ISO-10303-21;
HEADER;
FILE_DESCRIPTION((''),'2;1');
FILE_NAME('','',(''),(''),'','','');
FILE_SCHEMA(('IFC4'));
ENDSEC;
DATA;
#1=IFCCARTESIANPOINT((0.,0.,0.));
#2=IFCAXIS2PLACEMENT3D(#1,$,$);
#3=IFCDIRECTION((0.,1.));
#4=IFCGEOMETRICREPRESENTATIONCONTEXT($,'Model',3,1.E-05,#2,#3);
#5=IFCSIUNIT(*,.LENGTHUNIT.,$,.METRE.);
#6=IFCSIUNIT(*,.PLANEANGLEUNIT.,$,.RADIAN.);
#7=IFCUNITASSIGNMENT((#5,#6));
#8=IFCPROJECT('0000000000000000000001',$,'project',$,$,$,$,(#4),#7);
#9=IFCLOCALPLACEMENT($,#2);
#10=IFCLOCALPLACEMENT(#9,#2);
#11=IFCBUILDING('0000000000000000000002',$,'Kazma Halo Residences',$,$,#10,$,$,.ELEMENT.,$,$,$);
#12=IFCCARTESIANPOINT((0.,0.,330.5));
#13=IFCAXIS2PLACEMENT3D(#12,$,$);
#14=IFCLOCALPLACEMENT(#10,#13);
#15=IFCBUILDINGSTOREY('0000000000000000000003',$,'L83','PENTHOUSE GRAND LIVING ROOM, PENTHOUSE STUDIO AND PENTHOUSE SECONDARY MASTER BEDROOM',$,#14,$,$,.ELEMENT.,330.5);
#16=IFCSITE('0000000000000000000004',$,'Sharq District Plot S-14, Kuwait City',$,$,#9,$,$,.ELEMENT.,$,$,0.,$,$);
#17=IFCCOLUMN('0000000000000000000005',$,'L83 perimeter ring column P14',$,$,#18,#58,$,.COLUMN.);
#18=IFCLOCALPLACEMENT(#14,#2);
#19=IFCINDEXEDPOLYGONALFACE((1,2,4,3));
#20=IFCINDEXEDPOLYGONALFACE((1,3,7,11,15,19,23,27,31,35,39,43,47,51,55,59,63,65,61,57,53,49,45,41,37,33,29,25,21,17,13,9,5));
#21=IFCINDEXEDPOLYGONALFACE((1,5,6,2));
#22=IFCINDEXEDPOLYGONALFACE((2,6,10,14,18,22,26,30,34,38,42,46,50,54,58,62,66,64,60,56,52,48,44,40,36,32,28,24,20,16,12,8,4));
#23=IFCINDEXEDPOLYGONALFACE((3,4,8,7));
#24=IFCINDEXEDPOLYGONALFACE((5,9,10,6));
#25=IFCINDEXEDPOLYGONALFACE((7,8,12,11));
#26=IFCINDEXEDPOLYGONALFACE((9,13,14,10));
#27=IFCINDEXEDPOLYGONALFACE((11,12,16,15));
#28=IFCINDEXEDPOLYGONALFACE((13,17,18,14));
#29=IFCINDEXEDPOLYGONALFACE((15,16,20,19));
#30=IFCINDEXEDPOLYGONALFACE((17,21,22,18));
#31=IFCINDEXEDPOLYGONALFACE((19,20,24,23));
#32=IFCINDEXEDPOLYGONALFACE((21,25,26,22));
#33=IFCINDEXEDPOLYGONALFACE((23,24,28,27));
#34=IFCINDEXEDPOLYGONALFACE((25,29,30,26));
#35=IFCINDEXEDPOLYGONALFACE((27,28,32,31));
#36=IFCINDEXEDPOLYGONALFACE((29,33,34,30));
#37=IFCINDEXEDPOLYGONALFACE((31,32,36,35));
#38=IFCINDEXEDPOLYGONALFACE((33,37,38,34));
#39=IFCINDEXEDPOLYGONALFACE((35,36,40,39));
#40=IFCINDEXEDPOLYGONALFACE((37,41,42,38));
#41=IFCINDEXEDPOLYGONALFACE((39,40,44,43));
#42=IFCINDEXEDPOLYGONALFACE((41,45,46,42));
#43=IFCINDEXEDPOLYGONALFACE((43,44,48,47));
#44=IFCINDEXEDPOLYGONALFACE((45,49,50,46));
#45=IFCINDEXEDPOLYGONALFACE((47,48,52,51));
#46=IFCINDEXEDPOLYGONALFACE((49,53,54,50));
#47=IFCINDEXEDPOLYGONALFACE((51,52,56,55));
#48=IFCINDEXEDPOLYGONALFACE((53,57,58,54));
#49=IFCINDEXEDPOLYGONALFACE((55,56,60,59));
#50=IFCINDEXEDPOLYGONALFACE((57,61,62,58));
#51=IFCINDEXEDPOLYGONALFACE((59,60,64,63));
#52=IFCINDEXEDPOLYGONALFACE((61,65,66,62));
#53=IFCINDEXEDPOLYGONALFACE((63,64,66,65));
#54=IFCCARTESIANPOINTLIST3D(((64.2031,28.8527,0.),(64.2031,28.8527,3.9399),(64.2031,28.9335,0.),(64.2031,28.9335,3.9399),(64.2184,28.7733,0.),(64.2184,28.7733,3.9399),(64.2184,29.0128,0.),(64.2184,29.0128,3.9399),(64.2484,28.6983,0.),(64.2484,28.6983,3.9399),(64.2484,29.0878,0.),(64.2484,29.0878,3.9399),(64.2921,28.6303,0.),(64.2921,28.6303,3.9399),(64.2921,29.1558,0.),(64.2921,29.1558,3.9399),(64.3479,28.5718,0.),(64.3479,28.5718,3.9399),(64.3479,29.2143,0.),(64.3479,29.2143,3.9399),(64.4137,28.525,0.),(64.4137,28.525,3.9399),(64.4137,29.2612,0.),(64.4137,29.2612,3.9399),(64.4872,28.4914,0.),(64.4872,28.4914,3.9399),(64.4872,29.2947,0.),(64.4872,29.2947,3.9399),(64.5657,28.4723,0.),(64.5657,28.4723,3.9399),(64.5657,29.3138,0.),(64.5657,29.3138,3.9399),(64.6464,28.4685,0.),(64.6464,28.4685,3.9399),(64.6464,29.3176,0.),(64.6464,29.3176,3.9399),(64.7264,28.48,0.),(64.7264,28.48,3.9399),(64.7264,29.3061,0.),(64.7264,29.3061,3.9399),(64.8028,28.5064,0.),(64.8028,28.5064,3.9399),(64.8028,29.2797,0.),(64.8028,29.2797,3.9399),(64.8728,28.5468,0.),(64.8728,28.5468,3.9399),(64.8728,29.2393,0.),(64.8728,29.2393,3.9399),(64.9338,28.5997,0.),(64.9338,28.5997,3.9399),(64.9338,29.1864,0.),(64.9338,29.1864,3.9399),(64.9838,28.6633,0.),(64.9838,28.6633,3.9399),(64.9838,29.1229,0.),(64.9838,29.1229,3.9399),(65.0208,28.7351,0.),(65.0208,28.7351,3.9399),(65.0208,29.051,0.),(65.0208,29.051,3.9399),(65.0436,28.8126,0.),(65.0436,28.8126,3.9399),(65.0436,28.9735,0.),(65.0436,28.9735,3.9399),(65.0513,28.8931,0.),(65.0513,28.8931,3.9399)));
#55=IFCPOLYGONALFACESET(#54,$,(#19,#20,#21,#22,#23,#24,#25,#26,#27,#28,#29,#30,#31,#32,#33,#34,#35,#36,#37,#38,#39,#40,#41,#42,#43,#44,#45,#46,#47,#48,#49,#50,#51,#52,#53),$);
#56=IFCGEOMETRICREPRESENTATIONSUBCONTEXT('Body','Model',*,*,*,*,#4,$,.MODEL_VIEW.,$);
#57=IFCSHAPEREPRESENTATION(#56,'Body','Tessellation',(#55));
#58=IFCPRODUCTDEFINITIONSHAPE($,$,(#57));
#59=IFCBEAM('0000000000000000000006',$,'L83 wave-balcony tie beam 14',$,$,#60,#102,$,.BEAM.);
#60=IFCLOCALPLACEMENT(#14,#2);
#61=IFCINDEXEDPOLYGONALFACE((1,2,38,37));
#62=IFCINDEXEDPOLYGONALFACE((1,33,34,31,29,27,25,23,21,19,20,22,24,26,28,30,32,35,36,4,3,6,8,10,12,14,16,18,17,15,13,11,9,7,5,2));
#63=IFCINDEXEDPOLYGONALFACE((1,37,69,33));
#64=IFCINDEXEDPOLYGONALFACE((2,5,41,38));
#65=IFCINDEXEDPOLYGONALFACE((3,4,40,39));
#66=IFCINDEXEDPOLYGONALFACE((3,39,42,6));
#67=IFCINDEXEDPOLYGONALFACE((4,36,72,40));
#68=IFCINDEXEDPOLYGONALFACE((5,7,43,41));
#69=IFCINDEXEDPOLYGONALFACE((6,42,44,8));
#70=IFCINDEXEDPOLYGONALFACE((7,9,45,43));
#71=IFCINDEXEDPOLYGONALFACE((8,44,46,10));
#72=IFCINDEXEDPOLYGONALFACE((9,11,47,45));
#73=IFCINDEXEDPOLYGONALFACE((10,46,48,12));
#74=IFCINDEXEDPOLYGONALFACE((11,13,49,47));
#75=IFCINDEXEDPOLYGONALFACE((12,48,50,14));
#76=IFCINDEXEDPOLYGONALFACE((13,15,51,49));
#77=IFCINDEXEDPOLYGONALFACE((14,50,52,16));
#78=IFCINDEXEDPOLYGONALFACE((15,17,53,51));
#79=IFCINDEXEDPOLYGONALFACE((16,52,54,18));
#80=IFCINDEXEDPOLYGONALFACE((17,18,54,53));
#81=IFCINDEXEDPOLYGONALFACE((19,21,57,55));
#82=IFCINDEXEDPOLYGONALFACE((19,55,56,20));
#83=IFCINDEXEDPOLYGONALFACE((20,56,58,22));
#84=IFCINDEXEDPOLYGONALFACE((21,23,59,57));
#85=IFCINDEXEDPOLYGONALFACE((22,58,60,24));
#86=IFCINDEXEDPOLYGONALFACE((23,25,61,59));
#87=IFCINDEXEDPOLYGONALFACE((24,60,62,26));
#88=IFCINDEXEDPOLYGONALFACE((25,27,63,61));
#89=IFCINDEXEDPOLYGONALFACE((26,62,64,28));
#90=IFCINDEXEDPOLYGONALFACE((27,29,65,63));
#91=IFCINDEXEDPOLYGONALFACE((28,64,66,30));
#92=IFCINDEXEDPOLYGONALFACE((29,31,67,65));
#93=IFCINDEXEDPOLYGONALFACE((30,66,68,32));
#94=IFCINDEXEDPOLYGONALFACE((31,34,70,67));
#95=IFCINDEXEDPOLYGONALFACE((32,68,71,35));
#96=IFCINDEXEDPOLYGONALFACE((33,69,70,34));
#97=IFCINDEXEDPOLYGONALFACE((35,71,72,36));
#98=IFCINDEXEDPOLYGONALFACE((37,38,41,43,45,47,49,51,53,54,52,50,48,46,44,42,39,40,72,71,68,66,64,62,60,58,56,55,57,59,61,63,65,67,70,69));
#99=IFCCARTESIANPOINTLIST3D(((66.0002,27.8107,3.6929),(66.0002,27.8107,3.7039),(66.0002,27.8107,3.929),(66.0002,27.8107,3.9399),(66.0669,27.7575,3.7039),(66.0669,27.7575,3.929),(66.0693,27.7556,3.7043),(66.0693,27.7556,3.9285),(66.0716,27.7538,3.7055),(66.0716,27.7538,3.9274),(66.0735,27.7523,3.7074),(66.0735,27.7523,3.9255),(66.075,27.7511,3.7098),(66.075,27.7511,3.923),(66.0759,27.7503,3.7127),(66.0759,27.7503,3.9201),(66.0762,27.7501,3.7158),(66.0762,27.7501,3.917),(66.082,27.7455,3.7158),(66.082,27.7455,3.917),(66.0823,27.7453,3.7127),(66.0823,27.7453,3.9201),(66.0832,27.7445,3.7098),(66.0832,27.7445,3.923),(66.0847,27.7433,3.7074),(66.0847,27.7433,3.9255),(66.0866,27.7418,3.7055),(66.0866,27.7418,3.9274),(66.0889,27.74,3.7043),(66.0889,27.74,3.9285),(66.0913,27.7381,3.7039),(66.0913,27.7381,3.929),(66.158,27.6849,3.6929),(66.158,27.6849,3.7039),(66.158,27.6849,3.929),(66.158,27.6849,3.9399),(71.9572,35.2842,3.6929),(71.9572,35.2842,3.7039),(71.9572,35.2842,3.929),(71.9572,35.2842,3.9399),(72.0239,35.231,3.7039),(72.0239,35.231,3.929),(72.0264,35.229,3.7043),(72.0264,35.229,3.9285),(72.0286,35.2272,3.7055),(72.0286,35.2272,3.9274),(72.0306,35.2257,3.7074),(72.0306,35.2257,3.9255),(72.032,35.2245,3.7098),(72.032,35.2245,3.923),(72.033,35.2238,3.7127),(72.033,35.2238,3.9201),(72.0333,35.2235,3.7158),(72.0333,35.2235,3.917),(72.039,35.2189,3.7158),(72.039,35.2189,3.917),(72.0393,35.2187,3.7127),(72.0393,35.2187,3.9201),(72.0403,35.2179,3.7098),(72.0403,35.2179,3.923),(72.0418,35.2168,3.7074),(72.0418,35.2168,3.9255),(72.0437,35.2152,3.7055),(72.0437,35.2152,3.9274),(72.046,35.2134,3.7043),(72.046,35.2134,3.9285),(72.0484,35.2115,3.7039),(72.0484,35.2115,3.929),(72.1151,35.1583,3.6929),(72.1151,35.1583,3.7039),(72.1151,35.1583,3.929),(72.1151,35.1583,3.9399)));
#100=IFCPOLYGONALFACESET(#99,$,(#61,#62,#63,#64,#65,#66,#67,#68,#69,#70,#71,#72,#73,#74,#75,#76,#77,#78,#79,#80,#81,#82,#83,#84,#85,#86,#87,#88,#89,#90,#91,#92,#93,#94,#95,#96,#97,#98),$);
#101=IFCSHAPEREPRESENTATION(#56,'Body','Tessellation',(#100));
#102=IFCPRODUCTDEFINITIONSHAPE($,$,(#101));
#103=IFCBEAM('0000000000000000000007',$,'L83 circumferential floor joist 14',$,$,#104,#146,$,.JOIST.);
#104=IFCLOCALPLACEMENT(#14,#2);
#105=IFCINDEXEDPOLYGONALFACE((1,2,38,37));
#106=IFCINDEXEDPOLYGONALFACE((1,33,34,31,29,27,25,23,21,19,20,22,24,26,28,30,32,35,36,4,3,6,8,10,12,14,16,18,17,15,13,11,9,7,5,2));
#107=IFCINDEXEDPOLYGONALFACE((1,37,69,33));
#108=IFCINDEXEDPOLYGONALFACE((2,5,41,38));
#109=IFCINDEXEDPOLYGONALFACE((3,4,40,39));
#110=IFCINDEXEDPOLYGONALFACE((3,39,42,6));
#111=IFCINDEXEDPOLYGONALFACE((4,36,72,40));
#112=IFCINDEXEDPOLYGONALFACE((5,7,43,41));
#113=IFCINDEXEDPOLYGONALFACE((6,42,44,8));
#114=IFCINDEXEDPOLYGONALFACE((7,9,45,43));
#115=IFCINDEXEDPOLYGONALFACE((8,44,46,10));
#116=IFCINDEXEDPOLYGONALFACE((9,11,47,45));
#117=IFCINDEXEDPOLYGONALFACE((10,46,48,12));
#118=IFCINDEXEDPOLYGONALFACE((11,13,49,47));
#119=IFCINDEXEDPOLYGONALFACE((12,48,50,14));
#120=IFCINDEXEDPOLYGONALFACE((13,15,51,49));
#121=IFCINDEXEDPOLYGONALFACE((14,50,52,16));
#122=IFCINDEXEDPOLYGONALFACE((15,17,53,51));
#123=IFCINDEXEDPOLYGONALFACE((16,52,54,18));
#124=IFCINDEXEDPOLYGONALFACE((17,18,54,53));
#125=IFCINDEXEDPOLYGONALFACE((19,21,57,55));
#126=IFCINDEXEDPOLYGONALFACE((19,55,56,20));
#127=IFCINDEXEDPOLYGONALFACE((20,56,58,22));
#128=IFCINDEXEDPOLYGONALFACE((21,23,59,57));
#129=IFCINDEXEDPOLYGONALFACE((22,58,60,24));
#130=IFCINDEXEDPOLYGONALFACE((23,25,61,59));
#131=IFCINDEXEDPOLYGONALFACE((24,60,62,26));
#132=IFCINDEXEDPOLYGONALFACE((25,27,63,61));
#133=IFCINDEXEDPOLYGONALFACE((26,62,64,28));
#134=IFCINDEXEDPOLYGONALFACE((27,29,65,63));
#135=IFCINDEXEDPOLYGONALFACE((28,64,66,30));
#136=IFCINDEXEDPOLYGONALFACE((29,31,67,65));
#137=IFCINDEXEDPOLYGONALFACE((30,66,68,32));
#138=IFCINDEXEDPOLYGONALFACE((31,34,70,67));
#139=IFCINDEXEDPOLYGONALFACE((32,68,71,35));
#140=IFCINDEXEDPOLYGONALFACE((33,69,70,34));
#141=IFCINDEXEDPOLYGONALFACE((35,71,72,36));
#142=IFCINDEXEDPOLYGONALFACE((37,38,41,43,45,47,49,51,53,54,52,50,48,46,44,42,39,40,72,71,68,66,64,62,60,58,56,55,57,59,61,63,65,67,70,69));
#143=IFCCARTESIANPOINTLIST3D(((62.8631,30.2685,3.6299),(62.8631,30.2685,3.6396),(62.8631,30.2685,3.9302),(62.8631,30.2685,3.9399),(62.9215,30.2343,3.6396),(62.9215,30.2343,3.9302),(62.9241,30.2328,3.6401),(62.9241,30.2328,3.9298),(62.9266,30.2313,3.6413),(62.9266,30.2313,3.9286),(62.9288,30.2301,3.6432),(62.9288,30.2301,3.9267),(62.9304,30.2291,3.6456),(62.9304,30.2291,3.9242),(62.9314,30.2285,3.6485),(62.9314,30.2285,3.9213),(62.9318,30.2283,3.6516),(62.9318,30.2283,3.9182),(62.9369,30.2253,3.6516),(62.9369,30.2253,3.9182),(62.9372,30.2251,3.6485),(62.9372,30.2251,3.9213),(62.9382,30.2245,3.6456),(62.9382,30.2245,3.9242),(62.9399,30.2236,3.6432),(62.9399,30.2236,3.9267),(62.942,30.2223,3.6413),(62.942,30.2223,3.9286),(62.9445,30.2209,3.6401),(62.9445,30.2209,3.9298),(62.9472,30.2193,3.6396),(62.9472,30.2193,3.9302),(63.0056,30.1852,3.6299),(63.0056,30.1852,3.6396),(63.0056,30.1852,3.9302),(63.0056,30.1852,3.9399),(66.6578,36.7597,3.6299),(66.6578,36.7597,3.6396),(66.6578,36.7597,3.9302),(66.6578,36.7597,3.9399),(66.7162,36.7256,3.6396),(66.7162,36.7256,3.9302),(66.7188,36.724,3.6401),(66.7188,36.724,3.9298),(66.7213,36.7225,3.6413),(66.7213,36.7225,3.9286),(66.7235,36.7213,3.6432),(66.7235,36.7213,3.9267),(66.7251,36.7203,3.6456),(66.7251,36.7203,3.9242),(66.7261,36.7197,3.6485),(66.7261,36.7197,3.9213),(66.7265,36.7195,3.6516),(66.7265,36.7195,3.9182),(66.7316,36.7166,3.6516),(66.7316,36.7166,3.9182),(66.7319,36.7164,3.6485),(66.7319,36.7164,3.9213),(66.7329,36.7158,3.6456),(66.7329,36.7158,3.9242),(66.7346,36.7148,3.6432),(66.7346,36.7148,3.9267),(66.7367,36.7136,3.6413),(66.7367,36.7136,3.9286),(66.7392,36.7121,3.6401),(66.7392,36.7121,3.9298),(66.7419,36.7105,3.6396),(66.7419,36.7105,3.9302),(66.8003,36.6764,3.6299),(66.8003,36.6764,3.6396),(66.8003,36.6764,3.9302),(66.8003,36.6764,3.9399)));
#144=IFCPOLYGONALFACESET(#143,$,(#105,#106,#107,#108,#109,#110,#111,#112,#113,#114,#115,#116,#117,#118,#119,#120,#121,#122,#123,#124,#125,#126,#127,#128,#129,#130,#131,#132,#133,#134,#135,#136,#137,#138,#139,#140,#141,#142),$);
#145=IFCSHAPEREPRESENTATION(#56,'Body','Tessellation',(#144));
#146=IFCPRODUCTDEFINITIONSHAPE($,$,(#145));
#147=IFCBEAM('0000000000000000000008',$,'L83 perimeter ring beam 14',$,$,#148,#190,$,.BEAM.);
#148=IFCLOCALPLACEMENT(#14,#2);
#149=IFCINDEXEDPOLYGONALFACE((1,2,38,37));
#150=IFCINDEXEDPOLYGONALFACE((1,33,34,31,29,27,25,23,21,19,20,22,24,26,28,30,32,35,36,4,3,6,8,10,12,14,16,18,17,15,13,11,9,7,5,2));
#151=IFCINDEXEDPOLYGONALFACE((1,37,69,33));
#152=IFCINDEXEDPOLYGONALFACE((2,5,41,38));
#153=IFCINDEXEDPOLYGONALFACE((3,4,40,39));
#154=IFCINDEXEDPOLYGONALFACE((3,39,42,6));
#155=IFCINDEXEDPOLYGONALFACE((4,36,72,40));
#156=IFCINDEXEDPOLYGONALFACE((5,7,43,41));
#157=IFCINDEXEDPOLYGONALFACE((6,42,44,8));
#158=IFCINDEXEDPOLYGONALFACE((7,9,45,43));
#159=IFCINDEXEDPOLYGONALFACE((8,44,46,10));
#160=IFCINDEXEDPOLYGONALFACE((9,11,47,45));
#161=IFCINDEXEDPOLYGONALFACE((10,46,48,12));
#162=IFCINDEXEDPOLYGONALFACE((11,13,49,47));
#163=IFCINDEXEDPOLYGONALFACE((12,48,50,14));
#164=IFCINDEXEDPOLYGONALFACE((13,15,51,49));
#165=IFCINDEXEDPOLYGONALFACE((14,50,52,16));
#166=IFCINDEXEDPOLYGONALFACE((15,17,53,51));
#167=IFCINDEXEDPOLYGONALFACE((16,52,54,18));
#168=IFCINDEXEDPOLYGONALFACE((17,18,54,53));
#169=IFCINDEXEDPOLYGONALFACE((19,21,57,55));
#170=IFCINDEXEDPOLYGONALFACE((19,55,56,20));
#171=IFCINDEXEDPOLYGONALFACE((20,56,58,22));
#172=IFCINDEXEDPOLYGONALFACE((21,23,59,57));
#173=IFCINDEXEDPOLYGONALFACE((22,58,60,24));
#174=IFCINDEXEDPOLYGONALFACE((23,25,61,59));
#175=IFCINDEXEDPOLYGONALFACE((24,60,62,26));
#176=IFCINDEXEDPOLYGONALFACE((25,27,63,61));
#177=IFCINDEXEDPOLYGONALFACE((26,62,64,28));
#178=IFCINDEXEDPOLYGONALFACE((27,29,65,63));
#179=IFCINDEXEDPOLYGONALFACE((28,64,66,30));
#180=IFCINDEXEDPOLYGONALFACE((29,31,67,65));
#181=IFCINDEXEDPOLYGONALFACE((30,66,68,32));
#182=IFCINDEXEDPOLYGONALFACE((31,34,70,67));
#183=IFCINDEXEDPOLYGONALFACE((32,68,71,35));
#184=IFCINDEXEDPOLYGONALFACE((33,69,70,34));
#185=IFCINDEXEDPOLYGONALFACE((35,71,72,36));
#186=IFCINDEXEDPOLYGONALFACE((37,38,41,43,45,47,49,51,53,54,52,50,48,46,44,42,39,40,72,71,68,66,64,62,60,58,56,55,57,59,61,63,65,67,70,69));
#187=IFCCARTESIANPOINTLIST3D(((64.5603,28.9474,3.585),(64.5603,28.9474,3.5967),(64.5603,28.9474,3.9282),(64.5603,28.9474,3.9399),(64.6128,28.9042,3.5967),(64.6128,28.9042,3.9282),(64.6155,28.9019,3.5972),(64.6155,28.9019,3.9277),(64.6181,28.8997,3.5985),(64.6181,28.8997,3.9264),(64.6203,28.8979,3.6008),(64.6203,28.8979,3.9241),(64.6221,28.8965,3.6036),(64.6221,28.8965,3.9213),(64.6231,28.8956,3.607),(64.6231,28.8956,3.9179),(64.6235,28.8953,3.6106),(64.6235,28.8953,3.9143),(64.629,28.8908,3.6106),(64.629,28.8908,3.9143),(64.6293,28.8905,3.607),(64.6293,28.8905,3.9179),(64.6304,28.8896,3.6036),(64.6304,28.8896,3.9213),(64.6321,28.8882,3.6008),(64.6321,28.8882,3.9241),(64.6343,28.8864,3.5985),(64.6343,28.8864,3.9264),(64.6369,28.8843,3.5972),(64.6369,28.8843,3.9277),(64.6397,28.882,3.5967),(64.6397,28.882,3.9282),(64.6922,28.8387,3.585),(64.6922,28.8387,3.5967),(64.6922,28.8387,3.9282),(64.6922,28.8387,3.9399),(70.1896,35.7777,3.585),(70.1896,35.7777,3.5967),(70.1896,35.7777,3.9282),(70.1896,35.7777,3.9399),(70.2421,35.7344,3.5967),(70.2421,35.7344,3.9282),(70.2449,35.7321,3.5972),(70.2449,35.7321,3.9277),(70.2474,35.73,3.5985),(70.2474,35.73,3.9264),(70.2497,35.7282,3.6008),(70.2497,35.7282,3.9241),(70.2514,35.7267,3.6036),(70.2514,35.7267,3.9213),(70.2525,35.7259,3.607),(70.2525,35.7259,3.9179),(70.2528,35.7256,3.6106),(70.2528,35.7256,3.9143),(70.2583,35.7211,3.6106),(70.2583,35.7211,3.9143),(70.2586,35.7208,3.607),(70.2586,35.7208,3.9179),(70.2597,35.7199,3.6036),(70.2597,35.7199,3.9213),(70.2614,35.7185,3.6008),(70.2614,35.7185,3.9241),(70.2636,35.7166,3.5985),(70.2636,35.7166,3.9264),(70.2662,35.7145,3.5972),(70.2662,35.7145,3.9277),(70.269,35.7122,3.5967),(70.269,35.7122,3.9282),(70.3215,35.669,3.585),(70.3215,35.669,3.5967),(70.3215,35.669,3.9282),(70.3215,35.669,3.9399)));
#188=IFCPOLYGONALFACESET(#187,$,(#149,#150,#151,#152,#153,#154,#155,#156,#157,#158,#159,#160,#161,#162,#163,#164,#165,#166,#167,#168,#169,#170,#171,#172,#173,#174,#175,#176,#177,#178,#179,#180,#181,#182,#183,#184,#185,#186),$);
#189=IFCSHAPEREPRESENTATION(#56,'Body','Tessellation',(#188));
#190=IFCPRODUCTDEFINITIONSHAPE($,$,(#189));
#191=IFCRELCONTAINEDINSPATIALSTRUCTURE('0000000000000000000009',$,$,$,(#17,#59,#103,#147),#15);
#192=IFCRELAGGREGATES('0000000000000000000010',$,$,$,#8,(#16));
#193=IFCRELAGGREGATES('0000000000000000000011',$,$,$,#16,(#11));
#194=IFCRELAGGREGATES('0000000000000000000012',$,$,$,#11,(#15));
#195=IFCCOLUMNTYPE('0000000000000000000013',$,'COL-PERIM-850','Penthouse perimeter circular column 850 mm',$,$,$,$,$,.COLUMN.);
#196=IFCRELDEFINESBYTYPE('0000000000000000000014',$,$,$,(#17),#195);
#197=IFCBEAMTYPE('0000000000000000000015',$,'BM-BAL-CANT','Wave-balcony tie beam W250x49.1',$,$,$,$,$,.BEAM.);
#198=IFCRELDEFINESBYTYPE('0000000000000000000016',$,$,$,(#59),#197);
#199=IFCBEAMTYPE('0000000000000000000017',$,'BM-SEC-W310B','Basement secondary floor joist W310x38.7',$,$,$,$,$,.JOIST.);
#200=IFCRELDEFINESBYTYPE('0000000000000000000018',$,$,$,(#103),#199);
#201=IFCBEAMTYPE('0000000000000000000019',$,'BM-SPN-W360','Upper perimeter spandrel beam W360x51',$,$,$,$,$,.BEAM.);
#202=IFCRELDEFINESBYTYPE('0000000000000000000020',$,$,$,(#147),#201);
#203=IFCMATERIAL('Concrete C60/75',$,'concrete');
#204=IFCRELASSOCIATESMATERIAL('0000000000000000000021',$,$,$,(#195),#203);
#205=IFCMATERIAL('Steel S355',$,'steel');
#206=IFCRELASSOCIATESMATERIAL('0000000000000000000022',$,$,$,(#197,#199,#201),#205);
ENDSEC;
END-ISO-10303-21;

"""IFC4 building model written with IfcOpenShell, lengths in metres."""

from ifc_helpers import new_model, si_unit, direction, frame, origin, origin_2d, place, context, subcontext, project, spatial, circle, i_section, extrude, material, material_profile, profile_set, type_object, element, save


model = new_model("IFC4")

# Units and contexts
model_context = context("Model", 3, precision=1e-05, world=origin(), true_north=direction((0.0, 1.0)))
body_context = subcontext(model_context, "Body", "Model", "MODEL_VIEW")
ifc_project = project(units=[si_unit("LENGTHUNIT", "METRE"), si_unit("PLANEANGLEUNIT", "RADIAN")], contexts=[model_context])

# Site, building, storey
site_placement = place(None, origin())
site = spatial("IfcSite", under=ifc_project, at=site_placement, Name="Sharq District Plot S-14, Kuwait City", CompositionType="ELEMENT", RefElevation=0.0)
building_placement = place(site_placement, origin())
building = spatial("IfcBuilding", under=site, at=building_placement, Name="Kazma Halo Residences", CompositionType="ELEMENT")
storey_placement = place(building_placement, frame((0.0, 0.0, 330.5)))
storey = spatial("IfcBuildingStorey", under=building, at=storey_placement, Name="L83", Description="PENTHOUSE GRAND LIVING ROOM, PENTHOUSE STUDIO AND PENTHOUSE SECONDARY MASTER BEDROOM", CompositionType="ELEMENT", Elevation=330.5)

# Column
ifc_material_1 = material(Name="Concrete C60/75", Category="concrete")
ifc_material_profile_1 = material_profile(ifc_material_1, circle(Radius=0.425, at=origin_2d()), Name="CIRC850")
ifc_profile_set_1 = profile_set([ifc_material_profile_1], Name="Concrete C60/75")
column_type = type_object("IfcColumnType", Name="COL-PERIM-850", Description="Penthouse perimeter circular column 850 mm", PredefinedType="COLUMN", material=ifc_profile_set_1)
column_placement = place(storey_placement, frame((64.6262, 28.8931, 0.0), z_axis=(0.0, 0.0, 1.0), x_axis=(1.0, 0.0, 0.0)))
element("IfcColumn", 1, at=column_placement, inside=storey, type_object=column_type, Name="L83 perimeter ring column P14", PredefinedType="COLUMN", context=body_context, shape_type="SweptSolid", body=[
    extrude(circle(Radius=0.425, at=origin_2d()), origin(), (0.0, 0.0, 1.0), 3.9399),
])

# Beams
ifc_material_2 = material(Name="Steel S355", Category="steel")
ifc_material_profile_2 = material_profile(ifc_material_2, i_section(OverallWidth=0.2019, OverallDepth=0.2471, WebThickness=0.0073, FlangeThickness=0.011, FilletRadius=0.012, at=origin_2d()), Name="W250x49.1")
ifc_profile_set_2 = profile_set([ifc_material_profile_2], Name="Steel S355")
beam_type_1 = type_object("IfcBeamType", Name="BM-BAL-CANT", Description="Wave-balcony tie beam W250x49.1", PredefinedType="BEAM", material=ifc_profile_set_2)
beam_1_placement = place(storey_placement, frame((66.0791, 27.7478, 3.8164), z_axis=(0.623311, 0.781974, 0.0), x_axis=(-0.781974, 0.623311, 0.0)))
element("IfcBeam", 2, at=beam_1_placement, inside=storey, type_object=beam_type_1, Name="L83 wave-balcony tie beam 14", PredefinedType="BEAM", context=body_context, shape_type="SweptSolid", body=[
    extrude(i_section(OverallWidth=0.2019, OverallDepth=0.2471, WebThickness=0.0073, FlangeThickness=0.011, FilletRadius=0.012, at=origin_2d()), origin(), (0.0, 0.0, 1.0), 9.5571),
])
ifc_material_profile_3 = material_profile(ifc_material_2, i_section(OverallWidth=0.165, OverallDepth=0.3101, WebThickness=0.0059, FlangeThickness=0.0098, FilletRadius=0.012, at=origin_2d()), Name="W310x38.7")
ifc_profile_set_3 = profile_set([ifc_material_profile_3], Name="Steel S355")
beam_type_2 = type_object("IfcBeamType", Name="BM-SEC-W310B", Description="Basement secondary floor joist W310x38.7", PredefinedType="JOIST", material=ifc_profile_set_3)
beam_2_placement = place(storey_placement, frame((62.9343, 30.2268, 3.7849), z_axis=(0.504678, 0.863307, 0.0), x_axis=(-0.863307, 0.504678, 0.0)))
element("IfcBeam", 3, at=beam_2_placement, inside=storey, type_object=beam_type_2, Name="L83 circumferential floor joist 14", PredefinedType="JOIST", context=body_context, shape_type="SweptSolid", body=[
    extrude(i_section(OverallWidth=0.165, OverallDepth=0.3101, WebThickness=0.0059, FlangeThickness=0.0098, FilletRadius=0.012, at=origin_2d()), origin(), (0.0, 0.0, 1.0), 7.519),
])
ifc_material_profile_4 = material_profile(ifc_material_2, i_section(OverallWidth=0.1709, OverallDepth=0.355, WebThickness=0.0071, FlangeThickness=0.0117, FilletRadius=0.0139, at=origin_2d()), Name="W360x51")
ifc_profile_set_4 = profile_set([ifc_material_profile_4], Name="Steel S355")
beam_type_3 = type_object("IfcBeamType", Name="BM-SPN-W360", Description="Upper perimeter spandrel beam W360x51", PredefinedType="BEAM", material=ifc_profile_set_4)
beam_3_placement = place(storey_placement, frame((64.6262, 28.8931, 3.7625), z_axis=(0.636005, 0.771685, 0.0), x_axis=(-0.771685, 0.636005, 0.0)))
element("IfcBeam", 4, at=beam_3_placement, inside=storey, type_object=beam_type_3, Name="L83 perimeter ring beam 14", PredefinedType="BEAM", context=body_context, shape_type="SweptSolid", body=[
    extrude(i_section(OverallWidth=0.1709, OverallDepth=0.355, WebThickness=0.0071, FlangeThickness=0.0117, FilletRadius=0.0139, at=origin_2d()), origin(), (0.0, 0.0, 1.0), 8.8511),
])

save(model, "model.ifc")
